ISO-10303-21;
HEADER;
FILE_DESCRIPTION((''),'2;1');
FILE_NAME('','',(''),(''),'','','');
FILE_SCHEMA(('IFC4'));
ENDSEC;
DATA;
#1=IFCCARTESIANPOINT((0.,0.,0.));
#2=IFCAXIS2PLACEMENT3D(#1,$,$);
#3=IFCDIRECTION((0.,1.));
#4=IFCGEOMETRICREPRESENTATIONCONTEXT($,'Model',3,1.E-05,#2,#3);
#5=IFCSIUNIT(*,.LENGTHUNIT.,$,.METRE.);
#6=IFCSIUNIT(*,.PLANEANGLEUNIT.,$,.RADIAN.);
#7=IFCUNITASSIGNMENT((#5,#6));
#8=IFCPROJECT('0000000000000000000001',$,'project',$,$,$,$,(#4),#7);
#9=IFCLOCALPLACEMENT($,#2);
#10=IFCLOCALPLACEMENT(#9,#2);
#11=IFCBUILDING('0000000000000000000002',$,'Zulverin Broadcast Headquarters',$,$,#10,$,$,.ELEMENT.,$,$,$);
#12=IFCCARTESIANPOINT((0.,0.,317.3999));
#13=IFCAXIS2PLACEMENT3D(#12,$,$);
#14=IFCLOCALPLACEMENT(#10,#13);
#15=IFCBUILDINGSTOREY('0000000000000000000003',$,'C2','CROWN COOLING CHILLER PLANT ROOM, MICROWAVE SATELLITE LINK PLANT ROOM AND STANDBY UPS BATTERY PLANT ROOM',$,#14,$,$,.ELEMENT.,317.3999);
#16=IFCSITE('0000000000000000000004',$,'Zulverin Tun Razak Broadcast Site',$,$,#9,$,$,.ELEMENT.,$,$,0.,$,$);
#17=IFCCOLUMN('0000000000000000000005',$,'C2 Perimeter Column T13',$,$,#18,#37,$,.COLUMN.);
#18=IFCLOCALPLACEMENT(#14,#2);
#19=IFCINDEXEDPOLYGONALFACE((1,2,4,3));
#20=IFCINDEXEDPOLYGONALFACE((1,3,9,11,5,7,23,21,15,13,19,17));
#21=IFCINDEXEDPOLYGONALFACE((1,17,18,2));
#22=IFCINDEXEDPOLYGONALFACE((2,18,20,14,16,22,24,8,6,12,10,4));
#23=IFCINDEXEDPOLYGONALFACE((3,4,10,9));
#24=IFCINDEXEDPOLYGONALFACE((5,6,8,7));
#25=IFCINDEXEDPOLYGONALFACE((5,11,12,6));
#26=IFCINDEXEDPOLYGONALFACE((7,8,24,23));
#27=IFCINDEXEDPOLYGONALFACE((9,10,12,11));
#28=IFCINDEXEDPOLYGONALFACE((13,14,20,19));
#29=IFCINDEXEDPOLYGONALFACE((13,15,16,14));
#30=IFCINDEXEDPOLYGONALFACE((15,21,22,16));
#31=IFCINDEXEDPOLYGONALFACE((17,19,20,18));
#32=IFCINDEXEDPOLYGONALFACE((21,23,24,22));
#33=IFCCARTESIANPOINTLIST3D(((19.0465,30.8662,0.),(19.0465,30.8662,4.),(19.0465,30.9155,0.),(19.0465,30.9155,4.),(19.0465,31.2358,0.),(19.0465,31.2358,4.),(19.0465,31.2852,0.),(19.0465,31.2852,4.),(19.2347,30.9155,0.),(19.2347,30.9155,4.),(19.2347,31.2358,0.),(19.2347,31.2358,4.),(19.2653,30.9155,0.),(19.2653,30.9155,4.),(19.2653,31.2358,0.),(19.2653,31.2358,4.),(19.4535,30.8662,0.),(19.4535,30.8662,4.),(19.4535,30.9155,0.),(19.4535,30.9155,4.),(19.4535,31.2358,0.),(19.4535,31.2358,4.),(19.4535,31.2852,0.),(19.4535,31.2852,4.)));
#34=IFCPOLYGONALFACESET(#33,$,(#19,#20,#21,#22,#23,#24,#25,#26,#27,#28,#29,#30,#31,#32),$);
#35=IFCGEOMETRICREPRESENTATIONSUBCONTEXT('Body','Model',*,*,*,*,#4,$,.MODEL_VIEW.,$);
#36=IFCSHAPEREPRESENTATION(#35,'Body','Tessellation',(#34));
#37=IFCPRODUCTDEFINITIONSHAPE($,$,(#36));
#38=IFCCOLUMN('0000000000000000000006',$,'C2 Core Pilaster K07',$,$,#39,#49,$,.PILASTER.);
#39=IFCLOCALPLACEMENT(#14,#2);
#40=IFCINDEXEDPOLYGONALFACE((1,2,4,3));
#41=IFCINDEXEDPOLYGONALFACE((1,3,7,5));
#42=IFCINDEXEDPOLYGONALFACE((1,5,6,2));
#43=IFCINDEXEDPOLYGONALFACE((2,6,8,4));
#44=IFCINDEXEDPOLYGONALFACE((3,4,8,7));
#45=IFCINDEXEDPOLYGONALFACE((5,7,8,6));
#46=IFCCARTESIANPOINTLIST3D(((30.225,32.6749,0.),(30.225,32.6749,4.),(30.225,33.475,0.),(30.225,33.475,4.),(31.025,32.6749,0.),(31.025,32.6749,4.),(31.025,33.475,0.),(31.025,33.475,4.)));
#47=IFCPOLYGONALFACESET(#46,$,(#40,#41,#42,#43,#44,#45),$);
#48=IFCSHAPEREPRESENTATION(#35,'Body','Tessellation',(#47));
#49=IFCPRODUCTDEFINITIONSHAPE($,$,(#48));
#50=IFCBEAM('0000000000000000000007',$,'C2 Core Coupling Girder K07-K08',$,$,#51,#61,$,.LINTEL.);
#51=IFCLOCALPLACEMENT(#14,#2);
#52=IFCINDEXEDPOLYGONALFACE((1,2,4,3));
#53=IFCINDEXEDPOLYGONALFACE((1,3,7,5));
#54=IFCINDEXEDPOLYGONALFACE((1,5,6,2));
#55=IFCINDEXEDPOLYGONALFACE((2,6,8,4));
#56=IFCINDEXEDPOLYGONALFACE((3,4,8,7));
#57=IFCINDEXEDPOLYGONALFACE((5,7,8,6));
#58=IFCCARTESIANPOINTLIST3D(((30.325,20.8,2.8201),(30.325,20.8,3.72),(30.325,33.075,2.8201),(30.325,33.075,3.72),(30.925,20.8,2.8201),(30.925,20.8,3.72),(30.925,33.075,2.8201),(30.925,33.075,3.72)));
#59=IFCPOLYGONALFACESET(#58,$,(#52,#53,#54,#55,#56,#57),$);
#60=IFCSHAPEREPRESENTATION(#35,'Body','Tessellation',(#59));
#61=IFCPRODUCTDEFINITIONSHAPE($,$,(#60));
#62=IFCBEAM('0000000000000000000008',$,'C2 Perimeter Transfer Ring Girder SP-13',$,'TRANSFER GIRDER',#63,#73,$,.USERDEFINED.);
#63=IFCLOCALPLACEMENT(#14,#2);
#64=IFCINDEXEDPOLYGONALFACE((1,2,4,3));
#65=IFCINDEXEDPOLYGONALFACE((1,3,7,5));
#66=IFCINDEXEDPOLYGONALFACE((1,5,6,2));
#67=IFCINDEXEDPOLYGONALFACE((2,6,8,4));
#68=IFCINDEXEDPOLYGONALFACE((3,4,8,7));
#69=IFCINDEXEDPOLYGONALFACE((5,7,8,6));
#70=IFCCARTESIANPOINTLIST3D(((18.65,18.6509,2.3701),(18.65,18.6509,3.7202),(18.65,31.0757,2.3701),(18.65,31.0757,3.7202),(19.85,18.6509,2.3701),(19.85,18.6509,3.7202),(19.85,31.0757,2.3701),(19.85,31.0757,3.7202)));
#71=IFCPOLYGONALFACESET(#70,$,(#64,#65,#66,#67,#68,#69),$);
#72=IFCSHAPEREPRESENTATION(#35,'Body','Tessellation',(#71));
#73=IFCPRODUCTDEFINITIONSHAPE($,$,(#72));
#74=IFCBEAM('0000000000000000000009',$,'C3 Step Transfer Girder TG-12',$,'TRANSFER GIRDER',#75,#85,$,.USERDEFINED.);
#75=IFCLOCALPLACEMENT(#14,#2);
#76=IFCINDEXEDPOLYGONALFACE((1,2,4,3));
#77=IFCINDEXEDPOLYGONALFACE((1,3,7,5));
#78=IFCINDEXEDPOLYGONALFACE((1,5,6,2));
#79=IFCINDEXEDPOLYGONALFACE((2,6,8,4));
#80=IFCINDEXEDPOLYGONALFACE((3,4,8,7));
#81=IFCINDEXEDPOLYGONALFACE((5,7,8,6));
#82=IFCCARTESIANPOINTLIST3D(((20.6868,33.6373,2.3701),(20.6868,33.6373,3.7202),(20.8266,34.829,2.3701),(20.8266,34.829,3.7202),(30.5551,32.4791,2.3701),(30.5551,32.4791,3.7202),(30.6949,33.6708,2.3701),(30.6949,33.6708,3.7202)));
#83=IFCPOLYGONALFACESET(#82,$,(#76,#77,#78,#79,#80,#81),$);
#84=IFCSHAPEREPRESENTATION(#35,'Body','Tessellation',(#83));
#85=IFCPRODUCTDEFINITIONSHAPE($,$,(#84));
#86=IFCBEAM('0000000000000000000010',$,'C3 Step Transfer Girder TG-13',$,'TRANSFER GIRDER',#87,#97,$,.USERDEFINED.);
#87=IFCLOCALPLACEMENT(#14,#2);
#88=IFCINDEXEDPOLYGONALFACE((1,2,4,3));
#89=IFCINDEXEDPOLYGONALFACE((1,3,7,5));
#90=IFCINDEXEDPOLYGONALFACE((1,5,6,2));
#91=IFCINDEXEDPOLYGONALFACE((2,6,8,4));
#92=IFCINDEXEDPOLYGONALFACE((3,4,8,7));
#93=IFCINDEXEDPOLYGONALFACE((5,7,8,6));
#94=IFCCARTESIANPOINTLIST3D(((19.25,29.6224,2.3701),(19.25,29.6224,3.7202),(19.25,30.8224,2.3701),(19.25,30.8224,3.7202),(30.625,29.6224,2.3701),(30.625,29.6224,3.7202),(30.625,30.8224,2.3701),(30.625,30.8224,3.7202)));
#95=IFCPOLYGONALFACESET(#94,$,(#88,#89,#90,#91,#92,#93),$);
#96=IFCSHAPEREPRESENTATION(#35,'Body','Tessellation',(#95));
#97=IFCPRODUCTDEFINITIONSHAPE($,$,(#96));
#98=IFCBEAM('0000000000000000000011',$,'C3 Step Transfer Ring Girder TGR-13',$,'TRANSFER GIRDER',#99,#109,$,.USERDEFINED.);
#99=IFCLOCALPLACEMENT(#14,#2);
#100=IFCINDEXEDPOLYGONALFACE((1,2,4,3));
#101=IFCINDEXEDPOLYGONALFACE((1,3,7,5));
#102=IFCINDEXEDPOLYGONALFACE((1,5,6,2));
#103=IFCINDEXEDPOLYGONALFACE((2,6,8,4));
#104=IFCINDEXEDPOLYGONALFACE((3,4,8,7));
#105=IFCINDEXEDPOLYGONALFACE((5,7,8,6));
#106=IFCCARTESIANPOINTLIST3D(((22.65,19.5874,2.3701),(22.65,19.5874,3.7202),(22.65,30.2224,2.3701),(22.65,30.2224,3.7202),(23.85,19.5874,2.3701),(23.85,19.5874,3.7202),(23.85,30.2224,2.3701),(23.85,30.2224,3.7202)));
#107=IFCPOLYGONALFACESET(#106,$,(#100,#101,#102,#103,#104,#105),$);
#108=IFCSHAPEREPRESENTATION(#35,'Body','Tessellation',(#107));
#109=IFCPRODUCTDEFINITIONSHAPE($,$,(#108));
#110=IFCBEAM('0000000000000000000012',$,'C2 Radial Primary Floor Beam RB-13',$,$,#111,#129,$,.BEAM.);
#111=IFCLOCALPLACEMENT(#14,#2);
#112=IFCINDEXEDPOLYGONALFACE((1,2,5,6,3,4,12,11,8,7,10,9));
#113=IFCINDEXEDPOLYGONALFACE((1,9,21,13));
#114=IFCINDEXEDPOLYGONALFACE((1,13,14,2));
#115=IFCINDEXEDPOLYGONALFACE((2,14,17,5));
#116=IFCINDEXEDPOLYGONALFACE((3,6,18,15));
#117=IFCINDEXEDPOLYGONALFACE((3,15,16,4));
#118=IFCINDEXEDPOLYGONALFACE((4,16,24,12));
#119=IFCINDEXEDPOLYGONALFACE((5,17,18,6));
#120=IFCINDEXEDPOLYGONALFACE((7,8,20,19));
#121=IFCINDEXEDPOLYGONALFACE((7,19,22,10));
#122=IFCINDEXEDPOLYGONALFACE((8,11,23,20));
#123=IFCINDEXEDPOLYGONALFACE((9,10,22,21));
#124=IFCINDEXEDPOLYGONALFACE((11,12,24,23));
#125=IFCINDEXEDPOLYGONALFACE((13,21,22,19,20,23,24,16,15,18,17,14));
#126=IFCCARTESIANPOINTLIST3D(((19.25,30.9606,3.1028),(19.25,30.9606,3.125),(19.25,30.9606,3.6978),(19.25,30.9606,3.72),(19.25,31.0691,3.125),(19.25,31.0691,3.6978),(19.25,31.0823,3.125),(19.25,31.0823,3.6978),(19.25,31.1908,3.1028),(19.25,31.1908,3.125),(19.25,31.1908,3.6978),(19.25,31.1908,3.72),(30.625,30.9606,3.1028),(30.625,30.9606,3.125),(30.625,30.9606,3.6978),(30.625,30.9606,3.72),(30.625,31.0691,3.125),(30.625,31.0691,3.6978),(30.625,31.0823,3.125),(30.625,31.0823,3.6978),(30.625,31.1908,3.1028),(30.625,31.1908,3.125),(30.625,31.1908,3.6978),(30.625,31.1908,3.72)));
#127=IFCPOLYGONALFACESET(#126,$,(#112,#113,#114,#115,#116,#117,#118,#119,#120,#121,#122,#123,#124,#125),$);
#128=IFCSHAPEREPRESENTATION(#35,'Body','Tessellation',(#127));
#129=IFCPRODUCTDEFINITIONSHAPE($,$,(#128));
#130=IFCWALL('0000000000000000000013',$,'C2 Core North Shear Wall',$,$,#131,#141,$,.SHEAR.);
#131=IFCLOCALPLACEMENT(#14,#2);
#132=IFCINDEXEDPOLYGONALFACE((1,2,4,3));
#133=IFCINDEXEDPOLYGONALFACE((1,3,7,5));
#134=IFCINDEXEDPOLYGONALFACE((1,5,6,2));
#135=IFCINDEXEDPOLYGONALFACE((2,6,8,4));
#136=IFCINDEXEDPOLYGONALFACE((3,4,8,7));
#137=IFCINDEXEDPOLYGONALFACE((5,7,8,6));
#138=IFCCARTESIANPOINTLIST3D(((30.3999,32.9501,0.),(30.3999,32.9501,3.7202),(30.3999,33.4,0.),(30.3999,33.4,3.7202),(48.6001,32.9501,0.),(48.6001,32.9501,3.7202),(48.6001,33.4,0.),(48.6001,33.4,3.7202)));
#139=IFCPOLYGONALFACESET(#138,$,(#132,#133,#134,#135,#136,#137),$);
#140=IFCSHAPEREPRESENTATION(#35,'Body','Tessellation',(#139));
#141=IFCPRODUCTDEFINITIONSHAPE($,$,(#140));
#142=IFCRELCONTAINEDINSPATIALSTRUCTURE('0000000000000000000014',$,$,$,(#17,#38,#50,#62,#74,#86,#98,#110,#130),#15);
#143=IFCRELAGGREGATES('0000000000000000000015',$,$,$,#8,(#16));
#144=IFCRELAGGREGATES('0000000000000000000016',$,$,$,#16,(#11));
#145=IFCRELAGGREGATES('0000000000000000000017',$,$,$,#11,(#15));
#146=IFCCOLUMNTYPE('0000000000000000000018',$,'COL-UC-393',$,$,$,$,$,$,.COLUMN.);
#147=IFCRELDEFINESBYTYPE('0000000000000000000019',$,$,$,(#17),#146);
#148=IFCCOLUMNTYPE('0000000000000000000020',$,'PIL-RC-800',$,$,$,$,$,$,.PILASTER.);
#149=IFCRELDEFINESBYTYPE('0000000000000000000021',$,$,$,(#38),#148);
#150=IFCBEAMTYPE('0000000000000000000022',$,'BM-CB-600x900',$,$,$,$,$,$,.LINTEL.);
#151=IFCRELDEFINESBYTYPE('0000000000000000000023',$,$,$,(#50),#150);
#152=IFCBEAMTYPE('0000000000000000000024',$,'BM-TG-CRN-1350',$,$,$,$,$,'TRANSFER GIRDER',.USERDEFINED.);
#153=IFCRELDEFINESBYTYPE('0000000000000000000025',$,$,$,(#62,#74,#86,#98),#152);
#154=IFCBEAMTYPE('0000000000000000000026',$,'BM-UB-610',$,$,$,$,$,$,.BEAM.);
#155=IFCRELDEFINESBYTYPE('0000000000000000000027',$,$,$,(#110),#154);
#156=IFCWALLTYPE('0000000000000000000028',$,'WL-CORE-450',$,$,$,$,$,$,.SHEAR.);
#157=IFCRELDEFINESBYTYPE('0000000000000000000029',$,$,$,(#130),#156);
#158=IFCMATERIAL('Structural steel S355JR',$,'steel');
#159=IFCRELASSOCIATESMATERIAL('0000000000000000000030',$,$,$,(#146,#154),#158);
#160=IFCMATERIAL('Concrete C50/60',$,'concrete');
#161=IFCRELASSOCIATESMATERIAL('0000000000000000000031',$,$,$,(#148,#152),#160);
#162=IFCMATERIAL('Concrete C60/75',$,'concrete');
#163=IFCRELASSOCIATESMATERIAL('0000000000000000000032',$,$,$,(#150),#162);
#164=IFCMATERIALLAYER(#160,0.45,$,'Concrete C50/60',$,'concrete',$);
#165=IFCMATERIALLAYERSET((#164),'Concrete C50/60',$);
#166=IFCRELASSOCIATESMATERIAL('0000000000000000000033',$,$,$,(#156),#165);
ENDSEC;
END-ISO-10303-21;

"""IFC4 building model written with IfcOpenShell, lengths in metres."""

from ifc_helpers import new_model, si_unit, direction, frame, frame_2d, origin, origin_2d, place, context, subcontext, project, spatial, rectangle, i_section, extrude, material, layer, layer_set, material_profile, profile_set, type_object, element, save


model = new_model("IFC4")

# Units and contexts
model_context = context("Model", 3, precision=1e-05, world=origin(), true_north=direction((0.0, 1.0)))
body_context = subcontext(model_context, "Body", "Model", "MODEL_VIEW")
ifc_project = project(units=[si_unit("LENGTHUNIT", "METRE"), si_unit("PLANEANGLEUNIT", "RADIAN")], contexts=[model_context])

# Site, building, storey
site_placement = place(None, origin())
site = spatial("IfcSite", under=ifc_project, at=site_placement, Name="Zulverin Tun Razak Broadcast Site", CompositionType="ELEMENT", RefElevation=0.0)
building_placement = place(site_placement, origin())
building = spatial("IfcBuilding", under=site, at=building_placement, Name="Zulverin Broadcast Headquarters", CompositionType="ELEMENT")
storey_placement = place(building_placement, frame((0.0, 0.0, 317.3999)))
storey = spatial("IfcBuildingStorey", under=building, at=storey_placement, Name="C2", Description="CROWN COOLING CHILLER PLANT ROOM, MICROWAVE SATELLITE LINK PLANT ROOM AND STANDBY UPS BATTERY PLANT ROOM", CompositionType="ELEMENT", Elevation=317.3999)

# Columns
ifc_material_1 = material(Name="Structural steel S355JR", Category="steel")
ifc_material_profile_1 = material_profile(ifc_material_1, i_section(OverallWidth=0.407, OverallDepth=0.4189, WebThickness=0.0305, FlangeThickness=0.0493, at=origin_2d()), Name="Structural steel S355JR", Category="steel")
ifc_profile_set_1 = profile_set([ifc_material_profile_1], Name="Structural steel S355JR")
column_type_1 = type_object("IfcColumnType", Name="COL-UC-393", PredefinedType="COLUMN", material=ifc_profile_set_1)
column_1_placement = place(storey_placement, frame((19.25, 31.0757, 0.0), z_axis=(0.0, 0.0, 1.0), x_axis=(1.0, 0.0, 0.0)))
element("IfcColumn", 1, at=column_1_placement, inside=storey, type_object=column_type_1, Name="C2 Perimeter Column T13", PredefinedType="COLUMN", context=body_context, shape_type="SweptSolid", body=[
    extrude(i_section(OverallWidth=0.407, OverallDepth=0.4189, WebThickness=0.0305, FlangeThickness=0.0493, at=origin_2d()), origin(), (0.0, 0.0, 1.0), 4.0),
])
ifc_material_2 = material(Name="Concrete C50/60", Category="concrete")
ifc_material_profile_2 = material_profile(ifc_material_2, rectangle(XDim=0.8, YDim=0.8, at=origin_2d()), Name="Concrete C50/60", Category="concrete")
ifc_profile_set_2 = profile_set([ifc_material_profile_2], Name="Concrete C50/60")
column_type_2 = type_object("IfcColumnType", Name="PIL-RC-800", PredefinedType="PILASTER", material=ifc_profile_set_2)
column_2_placement = place(storey_placement, frame((30.625, 33.075, 0.0), z_axis=(0.0, 0.0, 1.0), x_axis=(1.0, 0.0, 0.0)))
element("IfcColumn", 2, at=column_2_placement, inside=storey, type_object=column_type_2, Name="C2 Core Pilaster K07", PredefinedType="PILASTER", context=body_context, shape_type="SweptSolid", body=[
    extrude(rectangle(XDim=0.8, YDim=0.8, at=origin_2d()), origin(), (0.0, 0.0, 1.0), 4.0),
])

# Beams
ifc_material_3 = material(Name="Concrete C60/75", Category="concrete")
ifc_material_profile_3 = material_profile(ifc_material_3, rectangle(XDim=0.6001, YDim=0.8999, at=origin_2d()), Name="Concrete C60/75", Category="concrete")
ifc_profile_set_3 = profile_set([ifc_material_profile_3], Name="Concrete C60/75")
beam_type_1 = type_object("IfcBeamType", Name="BM-CB-600x900", PredefinedType="LINTEL", material=ifc_profile_set_3)
beam_1_placement = place(storey_placement, frame((30.625, 33.075, 3.27), z_axis=(0.0, -1.0, 0.0), x_axis=(1.0, 0.0, 0.0)))
element("IfcBeam", 3, at=beam_1_placement, inside=storey, type_object=beam_type_1, Name="C2 Core Coupling Girder K07-K08", PredefinedType="LINTEL", context=body_context, shape_type="SweptSolid", body=[
    extrude(rectangle(XDim=0.6001, YDim=0.8999, at=origin_2d()), origin(), (0.0, 0.0, 1.0), 12.2749),
])
ifc_material_profile_4 = material_profile(ifc_material_2, rectangle(XDim=1.2, YDim=1.3501, at=origin_2d()), Name="Concrete C50/60", Category="concrete")
ifc_profile_set_4 = profile_set([ifc_material_profile_4], Name="Concrete C50/60")
beam_type_2 = type_object("IfcBeamType", Name="BM-TG-CRN-1350", ElementType="TRANSFER GIRDER", PredefinedType="USERDEFINED", material=ifc_profile_set_4)
beam_2_placement = place(storey_placement, frame((19.25, 31.0757, 3.0452), z_axis=(0.0, -1.0, 0.0), x_axis=(1.0, 0.0, 0.0)))
element("IfcBeam", 4, at=beam_2_placement, inside=storey, type_object=beam_type_2, Name="C2 Perimeter Transfer Ring Girder SP-13", ObjectType="TRANSFER GIRDER", PredefinedType="USERDEFINED", context=body_context, shape_type="SweptSolid", body=[
    extrude(rectangle(XDim=1.2, YDim=1.3501, at=origin_2d()), origin(), (0.0, 0.0, 1.0), 12.4248),
])
beam_3_placement = place(storey_placement, frame((30.625, 33.075, 3.0452), z_axis=(-0.993183, 0.116565, 0.0), x_axis=(-0.116565, -0.993183, 0.0)))
element("IfcBeam", 5, at=beam_3_placement, inside=storey, type_object=beam_type_2, Name="C3 Step Transfer Girder TG-12", ObjectType="TRANSFER GIRDER", PredefinedType="USERDEFINED", context=body_context, shape_type="SweptSolid", body=[
    extrude(rectangle(XDim=1.2, YDim=1.3501, at=origin_2d()), origin(), (0.0, 0.0, 1.0), 9.936),
])
beam_4_placement = place(storey_placement, frame((30.625, 30.2224, 3.0452), z_axis=(-1.0, 0.0, 0.0), x_axis=(0.0, -1.0, 0.0)))
element("IfcBeam", 6, at=beam_4_placement, inside=storey, type_object=beam_type_2, Name="C3 Step Transfer Girder TG-13", ObjectType="TRANSFER GIRDER", PredefinedType="USERDEFINED", context=body_context, shape_type="SweptSolid", body=[
    extrude(rectangle(XDim=1.2, YDim=1.3501, at=origin_2d()), origin(), (0.0, 0.0, 1.0), 11.375),
])
beam_5_placement = place(storey_placement, frame((23.25, 30.2224, 3.0452), z_axis=(0.0, -1.0, 0.0), x_axis=(1.0, 0.0, 0.0)))
element("IfcBeam", 7, at=beam_5_placement, inside=storey, type_object=beam_type_2, Name="C3 Step Transfer Ring Girder TGR-13", ObjectType="TRANSFER GIRDER", PredefinedType="USERDEFINED", context=body_context, shape_type="SweptSolid", body=[
    extrude(rectangle(XDim=1.2, YDim=1.3501, at=origin_2d()), origin(), (0.0, 0.0, 1.0), 10.635),
])
ifc_material_profile_5 = material_profile(ifc_material_1, i_section(OverallWidth=0.2302, OverallDepth=0.6172, WebThickness=0.0132, FlangeThickness=0.0222, at=origin_2d()), Name="Structural steel S355JR", Category="steel")
ifc_profile_set_5 = profile_set([ifc_material_profile_5], Name="Structural steel S355JR")
beam_type_3 = type_object("IfcBeamType", Name="BM-UB-610", PredefinedType="BEAM", material=ifc_profile_set_5)
beam_6_placement = place(storey_placement, frame((30.625, 31.0757, 3.4114), z_axis=(-1.0, 0.0, 0.0), x_axis=(0.0, -1.0, 0.0)))
element("IfcBeam", 8, at=beam_6_placement, inside=storey, type_object=beam_type_3, Name="C2 Radial Primary Floor Beam RB-13", PredefinedType="BEAM", context=body_context, shape_type="SweptSolid", body=[
    extrude(i_section(OverallWidth=0.2302, OverallDepth=0.6172, WebThickness=0.0132, FlangeThickness=0.0222, at=origin_2d()), origin(), (0.0, 0.0, 1.0), 11.375),
])

# Wall
ifc_layer_1 = layer(ifc_material_2, 0.45, Name="Concrete C50/60", Category="concrete")
ifc_layer_set_1 = layer_set([ifc_layer_1], Name="Concrete C50/60")
wall_type_1 = type_object("IfcWallType", Name="WL-CORE-450", PredefinedType="SHEAR", material=ifc_layer_set_1)
wall_1_placement = place(storey_placement, frame((30.3999, 33.175, 0.0), z_axis=(0.0, 0.0, 1.0), x_axis=(1.0, 0.0, 0.0)))
element("IfcWall", 9, at=wall_1_placement, inside=storey, type_object=wall_type_1, Name="C2 Core North Shear Wall", PredefinedType="SHEAR", context=body_context, shape_type="SweptSolid", body=[
    extrude(rectangle(XDim=18.2002, YDim=0.45, at=frame_2d((9.1001, 0.0))), origin(), (0.0, 0.0, 1.0), 3.7202),
])

save(model, "model.ifc")
